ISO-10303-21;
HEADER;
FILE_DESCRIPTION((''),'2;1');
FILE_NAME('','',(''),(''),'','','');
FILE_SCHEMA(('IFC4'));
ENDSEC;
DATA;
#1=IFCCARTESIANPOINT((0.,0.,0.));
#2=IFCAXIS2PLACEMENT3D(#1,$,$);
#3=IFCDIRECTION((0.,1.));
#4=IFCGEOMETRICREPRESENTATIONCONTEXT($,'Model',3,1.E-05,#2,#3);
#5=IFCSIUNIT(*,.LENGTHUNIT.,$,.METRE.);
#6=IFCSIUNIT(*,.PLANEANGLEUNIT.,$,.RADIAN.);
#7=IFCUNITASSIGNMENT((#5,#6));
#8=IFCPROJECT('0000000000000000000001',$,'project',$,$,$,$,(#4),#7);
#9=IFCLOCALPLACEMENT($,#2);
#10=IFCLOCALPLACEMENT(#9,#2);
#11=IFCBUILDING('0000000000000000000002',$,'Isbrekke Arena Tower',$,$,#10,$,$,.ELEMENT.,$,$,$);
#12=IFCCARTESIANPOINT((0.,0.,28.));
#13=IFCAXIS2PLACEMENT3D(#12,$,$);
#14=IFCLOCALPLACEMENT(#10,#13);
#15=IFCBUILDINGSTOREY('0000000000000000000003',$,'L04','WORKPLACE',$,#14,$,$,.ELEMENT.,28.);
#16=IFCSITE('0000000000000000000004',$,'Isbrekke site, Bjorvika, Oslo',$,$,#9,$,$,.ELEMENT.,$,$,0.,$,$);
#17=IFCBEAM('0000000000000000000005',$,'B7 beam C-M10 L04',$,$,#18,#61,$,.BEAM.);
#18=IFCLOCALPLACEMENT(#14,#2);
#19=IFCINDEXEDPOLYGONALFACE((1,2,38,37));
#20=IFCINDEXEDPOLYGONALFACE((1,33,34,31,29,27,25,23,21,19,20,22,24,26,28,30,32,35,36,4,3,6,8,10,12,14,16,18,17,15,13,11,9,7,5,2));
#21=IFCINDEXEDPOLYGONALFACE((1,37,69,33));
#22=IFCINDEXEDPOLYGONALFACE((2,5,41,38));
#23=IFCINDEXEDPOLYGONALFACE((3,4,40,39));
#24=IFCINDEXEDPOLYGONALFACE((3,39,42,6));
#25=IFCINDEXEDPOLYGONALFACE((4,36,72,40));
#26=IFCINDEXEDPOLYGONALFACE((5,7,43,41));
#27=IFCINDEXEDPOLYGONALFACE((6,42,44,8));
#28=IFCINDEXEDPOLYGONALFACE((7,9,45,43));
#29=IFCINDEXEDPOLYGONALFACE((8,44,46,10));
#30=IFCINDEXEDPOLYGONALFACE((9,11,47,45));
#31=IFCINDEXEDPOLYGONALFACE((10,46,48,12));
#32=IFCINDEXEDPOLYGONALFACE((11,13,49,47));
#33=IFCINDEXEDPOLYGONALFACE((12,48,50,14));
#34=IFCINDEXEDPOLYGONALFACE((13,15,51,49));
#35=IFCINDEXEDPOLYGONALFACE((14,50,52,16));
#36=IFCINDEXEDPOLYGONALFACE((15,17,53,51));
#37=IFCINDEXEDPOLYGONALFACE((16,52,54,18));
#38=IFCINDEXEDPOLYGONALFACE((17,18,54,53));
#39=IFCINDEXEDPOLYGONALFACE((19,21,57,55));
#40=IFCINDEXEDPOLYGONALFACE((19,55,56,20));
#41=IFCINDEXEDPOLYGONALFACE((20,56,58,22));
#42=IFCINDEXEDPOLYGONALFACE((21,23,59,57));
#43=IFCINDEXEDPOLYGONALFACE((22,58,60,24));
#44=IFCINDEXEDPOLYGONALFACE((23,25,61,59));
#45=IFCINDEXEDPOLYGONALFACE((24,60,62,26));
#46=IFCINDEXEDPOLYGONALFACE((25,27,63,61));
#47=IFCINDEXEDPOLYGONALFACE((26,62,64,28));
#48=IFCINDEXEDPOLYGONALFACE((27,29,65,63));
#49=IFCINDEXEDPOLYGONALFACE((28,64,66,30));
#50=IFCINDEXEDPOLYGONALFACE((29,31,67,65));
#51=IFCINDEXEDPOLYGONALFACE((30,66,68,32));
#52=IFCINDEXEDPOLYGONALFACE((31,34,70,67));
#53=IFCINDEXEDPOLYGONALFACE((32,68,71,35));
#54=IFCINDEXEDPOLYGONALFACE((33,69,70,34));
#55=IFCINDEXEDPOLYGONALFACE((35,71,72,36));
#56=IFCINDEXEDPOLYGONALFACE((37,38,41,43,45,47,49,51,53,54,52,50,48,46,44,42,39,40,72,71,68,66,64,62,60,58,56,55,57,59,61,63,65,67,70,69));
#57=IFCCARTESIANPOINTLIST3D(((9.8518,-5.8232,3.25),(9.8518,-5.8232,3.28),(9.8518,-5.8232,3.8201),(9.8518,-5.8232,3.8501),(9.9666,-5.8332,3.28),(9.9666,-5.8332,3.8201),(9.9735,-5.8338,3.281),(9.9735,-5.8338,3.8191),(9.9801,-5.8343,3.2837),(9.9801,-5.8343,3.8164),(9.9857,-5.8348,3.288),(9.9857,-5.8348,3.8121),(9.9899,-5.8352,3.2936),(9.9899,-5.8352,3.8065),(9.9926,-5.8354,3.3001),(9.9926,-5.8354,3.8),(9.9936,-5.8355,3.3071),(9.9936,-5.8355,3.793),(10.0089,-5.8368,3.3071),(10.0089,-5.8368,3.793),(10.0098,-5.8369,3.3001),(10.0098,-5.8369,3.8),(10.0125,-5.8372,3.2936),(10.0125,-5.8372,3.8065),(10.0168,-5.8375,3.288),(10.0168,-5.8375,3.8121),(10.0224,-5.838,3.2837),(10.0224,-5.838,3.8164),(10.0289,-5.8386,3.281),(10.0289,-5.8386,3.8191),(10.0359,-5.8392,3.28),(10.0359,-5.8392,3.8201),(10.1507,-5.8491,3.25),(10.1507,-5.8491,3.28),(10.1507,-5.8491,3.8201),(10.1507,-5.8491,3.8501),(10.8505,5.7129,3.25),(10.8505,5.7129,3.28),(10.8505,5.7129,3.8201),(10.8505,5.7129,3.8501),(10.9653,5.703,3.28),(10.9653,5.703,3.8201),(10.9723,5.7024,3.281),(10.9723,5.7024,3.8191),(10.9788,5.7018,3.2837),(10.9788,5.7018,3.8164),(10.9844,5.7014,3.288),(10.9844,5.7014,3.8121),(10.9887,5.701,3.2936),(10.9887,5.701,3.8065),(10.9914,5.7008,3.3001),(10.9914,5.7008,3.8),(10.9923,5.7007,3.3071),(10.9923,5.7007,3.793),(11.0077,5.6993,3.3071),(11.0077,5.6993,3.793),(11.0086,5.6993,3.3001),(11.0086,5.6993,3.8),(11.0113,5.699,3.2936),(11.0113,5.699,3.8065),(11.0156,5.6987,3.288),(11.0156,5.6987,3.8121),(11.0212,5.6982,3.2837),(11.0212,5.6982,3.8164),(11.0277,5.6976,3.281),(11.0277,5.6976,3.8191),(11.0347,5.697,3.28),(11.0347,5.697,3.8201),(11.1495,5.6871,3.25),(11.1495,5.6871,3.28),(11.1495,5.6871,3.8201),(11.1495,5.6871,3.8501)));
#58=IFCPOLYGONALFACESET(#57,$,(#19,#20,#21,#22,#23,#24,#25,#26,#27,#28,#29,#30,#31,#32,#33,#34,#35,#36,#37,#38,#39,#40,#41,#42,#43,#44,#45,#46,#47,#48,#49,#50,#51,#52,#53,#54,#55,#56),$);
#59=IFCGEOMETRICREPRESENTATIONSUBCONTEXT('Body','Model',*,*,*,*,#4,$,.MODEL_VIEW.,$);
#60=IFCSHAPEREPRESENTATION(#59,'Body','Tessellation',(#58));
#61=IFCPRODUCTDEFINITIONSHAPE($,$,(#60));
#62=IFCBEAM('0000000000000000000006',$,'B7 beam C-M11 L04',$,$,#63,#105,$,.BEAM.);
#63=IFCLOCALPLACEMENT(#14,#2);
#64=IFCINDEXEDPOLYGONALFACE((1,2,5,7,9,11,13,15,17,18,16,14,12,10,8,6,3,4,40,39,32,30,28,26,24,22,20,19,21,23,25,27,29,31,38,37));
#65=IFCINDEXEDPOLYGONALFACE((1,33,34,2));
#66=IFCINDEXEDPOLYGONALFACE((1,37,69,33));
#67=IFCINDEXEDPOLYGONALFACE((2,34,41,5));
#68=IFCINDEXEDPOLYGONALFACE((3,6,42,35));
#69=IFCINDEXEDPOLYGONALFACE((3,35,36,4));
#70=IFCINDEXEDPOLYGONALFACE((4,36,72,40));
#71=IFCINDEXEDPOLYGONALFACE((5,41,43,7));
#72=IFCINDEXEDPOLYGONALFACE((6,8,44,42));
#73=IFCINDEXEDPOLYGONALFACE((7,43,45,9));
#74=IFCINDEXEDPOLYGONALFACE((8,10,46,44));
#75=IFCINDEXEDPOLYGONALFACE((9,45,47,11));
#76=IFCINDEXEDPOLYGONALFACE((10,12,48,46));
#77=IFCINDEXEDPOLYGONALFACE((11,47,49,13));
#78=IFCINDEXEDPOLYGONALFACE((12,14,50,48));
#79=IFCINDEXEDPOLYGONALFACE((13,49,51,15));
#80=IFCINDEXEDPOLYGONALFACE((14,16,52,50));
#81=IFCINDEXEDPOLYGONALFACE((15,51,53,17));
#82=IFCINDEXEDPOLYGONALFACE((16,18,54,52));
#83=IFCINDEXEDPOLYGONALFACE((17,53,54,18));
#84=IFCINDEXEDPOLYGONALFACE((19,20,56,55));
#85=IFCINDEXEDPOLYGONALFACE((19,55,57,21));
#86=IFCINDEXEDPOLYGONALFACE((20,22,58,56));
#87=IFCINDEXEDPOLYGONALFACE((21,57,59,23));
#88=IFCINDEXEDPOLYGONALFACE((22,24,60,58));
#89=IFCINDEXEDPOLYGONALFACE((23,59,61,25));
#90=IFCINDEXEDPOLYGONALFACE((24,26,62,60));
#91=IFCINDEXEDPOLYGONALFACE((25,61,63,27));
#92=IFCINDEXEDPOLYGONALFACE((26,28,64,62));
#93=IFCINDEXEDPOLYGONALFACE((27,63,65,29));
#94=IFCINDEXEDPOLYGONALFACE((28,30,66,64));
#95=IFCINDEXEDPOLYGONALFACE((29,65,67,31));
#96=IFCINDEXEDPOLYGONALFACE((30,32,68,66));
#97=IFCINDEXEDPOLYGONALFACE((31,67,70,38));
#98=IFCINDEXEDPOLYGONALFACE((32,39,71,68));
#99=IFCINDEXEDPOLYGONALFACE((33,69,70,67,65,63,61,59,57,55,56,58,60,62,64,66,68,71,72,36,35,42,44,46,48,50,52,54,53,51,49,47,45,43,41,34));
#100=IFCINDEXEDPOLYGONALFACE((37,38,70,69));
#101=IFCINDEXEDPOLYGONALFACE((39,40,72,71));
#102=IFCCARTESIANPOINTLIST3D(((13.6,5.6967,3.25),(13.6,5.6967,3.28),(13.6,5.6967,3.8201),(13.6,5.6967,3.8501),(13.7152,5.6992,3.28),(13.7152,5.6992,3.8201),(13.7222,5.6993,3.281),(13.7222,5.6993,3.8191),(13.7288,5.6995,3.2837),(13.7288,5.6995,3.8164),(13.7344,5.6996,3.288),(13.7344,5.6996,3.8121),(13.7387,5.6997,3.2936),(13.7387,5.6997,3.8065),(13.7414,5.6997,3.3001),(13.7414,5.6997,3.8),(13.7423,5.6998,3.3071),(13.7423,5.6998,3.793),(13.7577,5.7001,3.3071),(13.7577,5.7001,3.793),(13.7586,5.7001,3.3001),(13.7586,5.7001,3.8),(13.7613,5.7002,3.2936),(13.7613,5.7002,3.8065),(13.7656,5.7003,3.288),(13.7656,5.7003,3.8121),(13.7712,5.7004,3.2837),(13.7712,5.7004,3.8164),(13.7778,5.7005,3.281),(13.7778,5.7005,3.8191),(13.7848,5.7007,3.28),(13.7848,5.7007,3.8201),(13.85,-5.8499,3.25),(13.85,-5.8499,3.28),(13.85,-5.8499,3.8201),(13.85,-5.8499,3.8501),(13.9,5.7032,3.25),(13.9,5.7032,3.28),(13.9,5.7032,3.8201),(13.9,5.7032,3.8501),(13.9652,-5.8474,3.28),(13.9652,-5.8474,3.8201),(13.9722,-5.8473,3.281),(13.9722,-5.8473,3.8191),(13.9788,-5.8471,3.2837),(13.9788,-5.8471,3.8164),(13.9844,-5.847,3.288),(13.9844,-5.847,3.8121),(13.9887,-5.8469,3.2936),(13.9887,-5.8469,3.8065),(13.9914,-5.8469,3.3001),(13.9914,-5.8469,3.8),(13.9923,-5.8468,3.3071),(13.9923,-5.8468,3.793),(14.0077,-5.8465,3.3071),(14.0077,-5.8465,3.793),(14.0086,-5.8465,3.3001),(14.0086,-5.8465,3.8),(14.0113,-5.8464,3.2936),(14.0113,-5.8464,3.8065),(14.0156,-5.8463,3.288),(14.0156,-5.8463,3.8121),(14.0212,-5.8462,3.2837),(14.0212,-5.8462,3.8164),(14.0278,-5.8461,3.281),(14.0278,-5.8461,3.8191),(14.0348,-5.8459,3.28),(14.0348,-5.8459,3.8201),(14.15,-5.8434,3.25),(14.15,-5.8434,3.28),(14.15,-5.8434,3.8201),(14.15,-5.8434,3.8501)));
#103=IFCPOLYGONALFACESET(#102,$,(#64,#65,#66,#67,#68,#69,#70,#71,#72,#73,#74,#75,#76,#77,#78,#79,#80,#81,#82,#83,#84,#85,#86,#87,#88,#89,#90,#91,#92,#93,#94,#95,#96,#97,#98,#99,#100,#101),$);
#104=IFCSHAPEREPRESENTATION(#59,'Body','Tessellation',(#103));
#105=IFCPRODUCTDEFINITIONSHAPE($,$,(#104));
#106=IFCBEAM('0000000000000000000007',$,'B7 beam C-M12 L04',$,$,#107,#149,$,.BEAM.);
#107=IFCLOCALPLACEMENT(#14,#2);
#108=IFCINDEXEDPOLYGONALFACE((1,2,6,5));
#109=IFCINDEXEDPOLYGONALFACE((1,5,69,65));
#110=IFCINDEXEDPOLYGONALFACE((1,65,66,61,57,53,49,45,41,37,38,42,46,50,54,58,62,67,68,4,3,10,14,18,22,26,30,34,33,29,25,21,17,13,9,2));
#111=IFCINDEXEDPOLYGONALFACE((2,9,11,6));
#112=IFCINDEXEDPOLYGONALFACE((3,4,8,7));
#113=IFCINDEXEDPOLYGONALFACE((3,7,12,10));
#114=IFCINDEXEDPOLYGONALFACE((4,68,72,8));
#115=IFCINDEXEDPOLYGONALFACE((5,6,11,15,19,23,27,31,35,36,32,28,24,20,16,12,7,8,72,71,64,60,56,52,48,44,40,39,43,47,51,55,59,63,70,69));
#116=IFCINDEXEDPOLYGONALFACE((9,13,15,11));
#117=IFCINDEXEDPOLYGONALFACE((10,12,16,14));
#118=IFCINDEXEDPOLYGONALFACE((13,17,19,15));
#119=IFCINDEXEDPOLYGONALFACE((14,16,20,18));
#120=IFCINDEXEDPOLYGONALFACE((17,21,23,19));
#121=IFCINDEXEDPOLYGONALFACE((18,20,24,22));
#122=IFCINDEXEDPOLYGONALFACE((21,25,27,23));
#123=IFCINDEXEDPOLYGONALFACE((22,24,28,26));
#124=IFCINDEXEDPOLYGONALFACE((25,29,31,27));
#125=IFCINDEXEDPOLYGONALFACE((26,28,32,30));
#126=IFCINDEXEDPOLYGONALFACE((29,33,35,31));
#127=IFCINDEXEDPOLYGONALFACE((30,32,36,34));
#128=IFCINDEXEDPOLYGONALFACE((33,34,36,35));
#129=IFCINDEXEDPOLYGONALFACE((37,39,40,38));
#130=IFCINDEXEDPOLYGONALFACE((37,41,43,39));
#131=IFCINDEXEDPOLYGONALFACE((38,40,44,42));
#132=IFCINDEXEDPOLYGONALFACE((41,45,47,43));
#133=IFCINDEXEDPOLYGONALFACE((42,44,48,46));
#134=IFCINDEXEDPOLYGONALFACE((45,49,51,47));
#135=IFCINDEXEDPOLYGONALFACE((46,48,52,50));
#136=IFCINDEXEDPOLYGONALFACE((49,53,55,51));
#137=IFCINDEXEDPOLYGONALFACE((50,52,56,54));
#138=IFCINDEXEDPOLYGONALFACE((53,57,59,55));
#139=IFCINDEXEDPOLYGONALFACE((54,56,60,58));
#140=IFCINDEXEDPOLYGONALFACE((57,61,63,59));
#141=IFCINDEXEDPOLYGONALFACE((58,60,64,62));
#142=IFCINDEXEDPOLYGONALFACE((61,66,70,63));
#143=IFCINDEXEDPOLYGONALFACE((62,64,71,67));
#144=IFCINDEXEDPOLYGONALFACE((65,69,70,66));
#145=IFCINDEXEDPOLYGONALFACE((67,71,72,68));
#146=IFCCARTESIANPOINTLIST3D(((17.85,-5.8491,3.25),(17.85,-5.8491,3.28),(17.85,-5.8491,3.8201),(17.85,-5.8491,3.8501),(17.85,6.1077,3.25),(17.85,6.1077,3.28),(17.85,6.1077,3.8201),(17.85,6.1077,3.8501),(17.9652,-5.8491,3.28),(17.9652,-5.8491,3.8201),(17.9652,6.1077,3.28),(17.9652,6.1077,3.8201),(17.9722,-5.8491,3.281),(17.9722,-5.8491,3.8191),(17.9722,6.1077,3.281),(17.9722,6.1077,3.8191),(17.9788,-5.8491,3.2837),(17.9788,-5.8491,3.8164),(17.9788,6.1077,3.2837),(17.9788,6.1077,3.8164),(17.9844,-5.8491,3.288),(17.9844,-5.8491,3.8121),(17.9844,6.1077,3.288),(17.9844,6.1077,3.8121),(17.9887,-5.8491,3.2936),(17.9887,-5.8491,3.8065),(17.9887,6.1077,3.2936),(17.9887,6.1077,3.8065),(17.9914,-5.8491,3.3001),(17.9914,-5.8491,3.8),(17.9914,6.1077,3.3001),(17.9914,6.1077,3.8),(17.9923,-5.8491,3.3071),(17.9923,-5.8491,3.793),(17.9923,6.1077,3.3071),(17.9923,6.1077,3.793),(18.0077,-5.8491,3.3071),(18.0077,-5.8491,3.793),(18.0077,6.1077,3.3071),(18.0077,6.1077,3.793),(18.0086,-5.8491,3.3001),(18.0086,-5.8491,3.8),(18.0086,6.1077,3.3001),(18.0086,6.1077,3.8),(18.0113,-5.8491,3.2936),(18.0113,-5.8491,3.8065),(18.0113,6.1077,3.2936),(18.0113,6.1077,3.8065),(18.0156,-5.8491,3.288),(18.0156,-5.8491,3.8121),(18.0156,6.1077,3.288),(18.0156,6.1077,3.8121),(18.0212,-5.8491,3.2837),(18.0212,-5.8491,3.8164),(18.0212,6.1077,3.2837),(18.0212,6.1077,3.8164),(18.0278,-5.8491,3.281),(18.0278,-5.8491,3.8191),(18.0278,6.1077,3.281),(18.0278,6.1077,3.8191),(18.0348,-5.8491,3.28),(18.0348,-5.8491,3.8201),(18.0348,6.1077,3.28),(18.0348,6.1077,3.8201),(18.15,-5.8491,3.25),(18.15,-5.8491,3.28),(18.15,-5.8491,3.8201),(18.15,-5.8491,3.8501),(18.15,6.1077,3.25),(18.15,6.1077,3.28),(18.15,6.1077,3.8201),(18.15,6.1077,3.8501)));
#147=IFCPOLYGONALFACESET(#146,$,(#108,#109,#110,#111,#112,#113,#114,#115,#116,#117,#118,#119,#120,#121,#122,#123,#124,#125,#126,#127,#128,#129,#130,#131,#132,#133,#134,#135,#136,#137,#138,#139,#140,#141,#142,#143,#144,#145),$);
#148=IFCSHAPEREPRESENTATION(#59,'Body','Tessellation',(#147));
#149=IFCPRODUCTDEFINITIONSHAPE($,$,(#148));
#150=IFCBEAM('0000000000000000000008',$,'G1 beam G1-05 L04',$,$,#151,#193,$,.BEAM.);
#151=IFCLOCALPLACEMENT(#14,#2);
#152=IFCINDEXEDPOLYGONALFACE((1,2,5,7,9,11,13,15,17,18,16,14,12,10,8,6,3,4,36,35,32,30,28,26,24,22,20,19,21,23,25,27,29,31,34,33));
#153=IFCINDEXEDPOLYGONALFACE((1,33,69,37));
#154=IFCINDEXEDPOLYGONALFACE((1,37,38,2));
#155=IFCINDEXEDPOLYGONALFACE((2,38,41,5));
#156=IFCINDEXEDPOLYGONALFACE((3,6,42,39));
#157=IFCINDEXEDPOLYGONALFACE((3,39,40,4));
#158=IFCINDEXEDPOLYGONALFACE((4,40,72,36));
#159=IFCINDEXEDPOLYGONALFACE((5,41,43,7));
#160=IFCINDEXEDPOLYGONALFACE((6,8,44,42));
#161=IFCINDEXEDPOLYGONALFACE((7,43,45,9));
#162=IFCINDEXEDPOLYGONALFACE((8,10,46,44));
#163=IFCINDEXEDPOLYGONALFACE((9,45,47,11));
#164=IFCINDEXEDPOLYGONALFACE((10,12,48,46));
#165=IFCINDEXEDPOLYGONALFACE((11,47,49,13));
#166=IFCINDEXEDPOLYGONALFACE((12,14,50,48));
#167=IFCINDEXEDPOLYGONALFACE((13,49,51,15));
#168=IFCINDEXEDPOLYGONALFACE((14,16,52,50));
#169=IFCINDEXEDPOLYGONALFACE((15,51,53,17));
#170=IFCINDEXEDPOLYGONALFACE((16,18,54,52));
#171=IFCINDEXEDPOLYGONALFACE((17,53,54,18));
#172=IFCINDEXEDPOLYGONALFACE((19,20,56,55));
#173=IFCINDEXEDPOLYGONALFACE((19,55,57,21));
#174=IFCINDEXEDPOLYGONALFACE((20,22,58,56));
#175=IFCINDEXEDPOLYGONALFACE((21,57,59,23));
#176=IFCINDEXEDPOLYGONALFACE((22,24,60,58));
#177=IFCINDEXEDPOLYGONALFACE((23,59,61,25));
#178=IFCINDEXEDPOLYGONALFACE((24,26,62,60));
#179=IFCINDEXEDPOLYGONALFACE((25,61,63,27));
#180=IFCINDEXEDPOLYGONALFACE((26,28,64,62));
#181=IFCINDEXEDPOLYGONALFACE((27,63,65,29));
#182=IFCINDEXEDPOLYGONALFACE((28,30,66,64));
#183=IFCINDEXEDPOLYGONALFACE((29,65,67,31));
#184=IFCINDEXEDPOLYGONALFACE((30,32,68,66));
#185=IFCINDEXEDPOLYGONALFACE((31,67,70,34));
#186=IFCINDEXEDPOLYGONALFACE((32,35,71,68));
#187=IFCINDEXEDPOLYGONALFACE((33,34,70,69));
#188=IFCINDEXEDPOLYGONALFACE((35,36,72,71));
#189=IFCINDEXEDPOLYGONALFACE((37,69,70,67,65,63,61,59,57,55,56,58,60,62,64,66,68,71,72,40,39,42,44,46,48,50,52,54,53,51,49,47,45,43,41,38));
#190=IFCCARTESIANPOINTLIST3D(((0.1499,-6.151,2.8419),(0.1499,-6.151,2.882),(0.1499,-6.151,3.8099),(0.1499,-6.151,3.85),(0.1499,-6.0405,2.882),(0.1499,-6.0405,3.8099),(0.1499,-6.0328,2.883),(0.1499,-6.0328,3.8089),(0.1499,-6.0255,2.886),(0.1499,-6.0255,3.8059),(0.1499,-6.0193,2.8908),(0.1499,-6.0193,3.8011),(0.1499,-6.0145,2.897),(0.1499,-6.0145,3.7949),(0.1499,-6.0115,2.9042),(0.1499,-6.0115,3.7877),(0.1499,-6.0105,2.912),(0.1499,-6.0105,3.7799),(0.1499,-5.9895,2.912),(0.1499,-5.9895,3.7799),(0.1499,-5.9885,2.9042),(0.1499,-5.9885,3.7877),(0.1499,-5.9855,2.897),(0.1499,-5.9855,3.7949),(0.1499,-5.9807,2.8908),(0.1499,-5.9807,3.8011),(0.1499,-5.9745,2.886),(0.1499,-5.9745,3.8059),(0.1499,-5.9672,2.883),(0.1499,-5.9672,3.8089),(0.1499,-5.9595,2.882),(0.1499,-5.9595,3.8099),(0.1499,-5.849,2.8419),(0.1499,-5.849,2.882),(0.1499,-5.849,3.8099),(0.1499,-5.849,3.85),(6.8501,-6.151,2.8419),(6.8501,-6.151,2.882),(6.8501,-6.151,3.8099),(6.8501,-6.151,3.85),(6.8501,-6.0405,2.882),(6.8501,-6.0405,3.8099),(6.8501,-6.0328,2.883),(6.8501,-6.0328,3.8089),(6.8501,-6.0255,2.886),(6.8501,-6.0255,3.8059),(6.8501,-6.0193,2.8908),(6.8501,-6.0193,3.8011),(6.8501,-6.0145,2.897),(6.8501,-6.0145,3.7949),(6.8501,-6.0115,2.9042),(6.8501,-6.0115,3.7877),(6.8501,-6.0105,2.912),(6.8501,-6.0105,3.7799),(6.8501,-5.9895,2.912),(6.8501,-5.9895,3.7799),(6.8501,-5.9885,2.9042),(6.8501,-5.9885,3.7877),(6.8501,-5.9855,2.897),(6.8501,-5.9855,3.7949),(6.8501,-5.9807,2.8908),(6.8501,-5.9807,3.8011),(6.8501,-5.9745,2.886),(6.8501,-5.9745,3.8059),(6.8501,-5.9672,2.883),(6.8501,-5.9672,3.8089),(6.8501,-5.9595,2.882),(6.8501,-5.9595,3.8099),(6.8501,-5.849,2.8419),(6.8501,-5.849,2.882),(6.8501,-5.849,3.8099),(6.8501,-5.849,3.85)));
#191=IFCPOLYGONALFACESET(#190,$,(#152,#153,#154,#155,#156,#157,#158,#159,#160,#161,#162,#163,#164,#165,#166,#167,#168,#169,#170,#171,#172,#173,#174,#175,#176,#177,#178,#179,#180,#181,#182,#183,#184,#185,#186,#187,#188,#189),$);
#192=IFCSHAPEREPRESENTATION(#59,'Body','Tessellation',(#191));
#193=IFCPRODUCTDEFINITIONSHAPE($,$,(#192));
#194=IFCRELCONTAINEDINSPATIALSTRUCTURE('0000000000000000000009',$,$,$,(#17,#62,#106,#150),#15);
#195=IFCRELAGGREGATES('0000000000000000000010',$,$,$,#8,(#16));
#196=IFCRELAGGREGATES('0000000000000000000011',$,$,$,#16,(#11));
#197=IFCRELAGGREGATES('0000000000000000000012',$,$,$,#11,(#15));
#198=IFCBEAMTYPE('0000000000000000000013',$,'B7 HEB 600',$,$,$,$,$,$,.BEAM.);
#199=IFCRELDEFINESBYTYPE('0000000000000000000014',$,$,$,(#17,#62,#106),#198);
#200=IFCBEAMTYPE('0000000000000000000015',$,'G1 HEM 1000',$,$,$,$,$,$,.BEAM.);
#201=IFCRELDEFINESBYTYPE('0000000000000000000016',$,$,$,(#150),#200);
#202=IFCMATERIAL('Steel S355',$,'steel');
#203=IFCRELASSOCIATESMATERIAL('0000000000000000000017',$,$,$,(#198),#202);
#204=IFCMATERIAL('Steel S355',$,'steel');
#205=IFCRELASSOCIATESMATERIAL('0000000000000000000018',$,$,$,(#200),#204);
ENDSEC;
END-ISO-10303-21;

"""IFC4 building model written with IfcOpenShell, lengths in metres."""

from ifc_helpers import new_model, si_unit, direction, frame, origin, origin_2d, place, context, subcontext, project, spatial, i_section, extrude, material, material_profile, profile_set, type_object, element, save


model = new_model("IFC4")

# Units and contexts
model_context = context("Model", 3, precision=1e-05, world=origin(), true_north=direction((0.0, 1.0)))
body_context = subcontext(model_context, "Body", "Model", "MODEL_VIEW")
ifc_project = project(units=[si_unit("LENGTHUNIT", "METRE"), si_unit("PLANEANGLEUNIT", "RADIAN")], contexts=[model_context])

# Site, building, storey
site_placement = place(None, origin())
site = spatial("IfcSite", under=ifc_project, at=site_placement, Name="Isbrekke site, Bjorvika, Oslo", CompositionType="ELEMENT", RefElevation=0.0)
building_placement = place(site_placement, origin())
building = spatial("IfcBuilding", under=site, at=building_placement, Name="Isbrekke Arena Tower", CompositionType="ELEMENT")
storey_placement = place(building_placement, frame((0.0, 0.0, 28.0)))
storey = spatial("IfcBuildingStorey", under=building, at=storey_placement, Name="L04", Description="WORKPLACE", CompositionType="ELEMENT", Elevation=28.0)

# Beams
ifc_material_1 = material(Name="Steel S355", Category="steel")
ifc_material_profile_1 = material_profile(ifc_material_1, i_section(OverallWidth=0.3, OverallDepth=0.6001, WebThickness=0.0154, FlangeThickness=0.03, FilletRadius=0.0271, at=origin_2d()), Name="HEB 600")
ifc_profile_set_1 = profile_set([ifc_material_profile_1], Name="Steel S355")
beam_type_1 = type_object("IfcBeamType", Name="B7 HEB 600", PredefinedType="BEAM", material=ifc_profile_set_1)
beam_1_placement = place(storey_placement, frame((10.0012, -5.8362, 3.55), z_axis=(0.086256, 0.996273, 0.0), x_axis=(-0.996273, 0.086256, 0.0)))
element("IfcBeam", 1, at=beam_1_placement, inside=storey, type_object=beam_type_1, Name="B7 beam C-M10 L04", PredefinedType="BEAM", context=body_context, shape_type="SweptSolid", body=[
    extrude(i_section(OverallWidth=0.3, OverallDepth=0.6001, WebThickness=0.0154, FlangeThickness=0.03, FilletRadius=0.0271, at=origin_2d()), origin(), (0.0, 0.0, 1.0), 11.5793),
])
beam_2_placement = place(storey_placement, frame((14.0, -5.8467, 3.55), z_axis=(-0.021646, 0.999766, 0.0), x_axis=(-0.999766, -0.021646, 0.0)))
element("IfcBeam", 2, at=beam_2_placement, inside=storey, type_object=beam_type_1, Name="B7 beam C-M11 L04", PredefinedType="BEAM", context=body_context, shape_type="SweptSolid", body=[
    extrude(i_section(OverallWidth=0.3, OverallDepth=0.6001, WebThickness=0.0154, FlangeThickness=0.03, FilletRadius=0.0271, at=origin_2d()), origin(), (0.0, 0.0, 1.0), 11.5493),
])
beam_3_placement = place(storey_placement, frame((18.0, -5.8491, 3.55), z_axis=(0.0, 1.0, 0.0), x_axis=(-1.0, 0.0, 0.0)))
element("IfcBeam", 3, at=beam_3_placement, inside=storey, type_object=beam_type_1, Name="B7 beam C-M12 L04", PredefinedType="BEAM", context=body_context, shape_type="SweptSolid", body=[
    extrude(i_section(OverallWidth=0.3, OverallDepth=0.6001, WebThickness=0.0154, FlangeThickness=0.03, FilletRadius=0.0271, at=origin_2d()), origin(), (0.0, 0.0, 1.0), 11.9568),
])
ifc_material_2 = material(Name="Steel S355", Category="steel")
ifc_material_profile_2 = material_profile(ifc_material_2, i_section(OverallWidth=0.302, OverallDepth=1.0081, WebThickness=0.021, FlangeThickness=0.04, FilletRadius=0.03, at=origin_2d()), Name="HEM 1000")
ifc_profile_set_2 = profile_set([ifc_material_profile_2], Name="Steel S355")
beam_type_2 = type_object("IfcBeamType", Name="G1 HEM 1000", PredefinedType="BEAM", material=ifc_profile_set_2)
for number, where, z_axis, x_axis, name in (
    (4, (0.1499, -6.0, 3.3459), (1.0, 0.0, 0.0), (0.0, 1.0, 0.0), "G1 beam G1-05 L04"),
):
    element("IfcBeam", number, at=place(storey_placement, frame(where, z_axis=z_axis, x_axis=x_axis)), inside=storey, type_object=beam_type_2, Name=name, PredefinedType="BEAM", context=body_context, shape_type="SweptSolid", body=[
        extrude(i_section(OverallWidth=0.302, OverallDepth=1.0081, WebThickness=0.021, FlangeThickness=0.04, FilletRadius=0.03, at=origin_2d()), origin(), (0.0, 0.0, 1.0), 6.7002),
    ])

save(model, "model.ifc")
